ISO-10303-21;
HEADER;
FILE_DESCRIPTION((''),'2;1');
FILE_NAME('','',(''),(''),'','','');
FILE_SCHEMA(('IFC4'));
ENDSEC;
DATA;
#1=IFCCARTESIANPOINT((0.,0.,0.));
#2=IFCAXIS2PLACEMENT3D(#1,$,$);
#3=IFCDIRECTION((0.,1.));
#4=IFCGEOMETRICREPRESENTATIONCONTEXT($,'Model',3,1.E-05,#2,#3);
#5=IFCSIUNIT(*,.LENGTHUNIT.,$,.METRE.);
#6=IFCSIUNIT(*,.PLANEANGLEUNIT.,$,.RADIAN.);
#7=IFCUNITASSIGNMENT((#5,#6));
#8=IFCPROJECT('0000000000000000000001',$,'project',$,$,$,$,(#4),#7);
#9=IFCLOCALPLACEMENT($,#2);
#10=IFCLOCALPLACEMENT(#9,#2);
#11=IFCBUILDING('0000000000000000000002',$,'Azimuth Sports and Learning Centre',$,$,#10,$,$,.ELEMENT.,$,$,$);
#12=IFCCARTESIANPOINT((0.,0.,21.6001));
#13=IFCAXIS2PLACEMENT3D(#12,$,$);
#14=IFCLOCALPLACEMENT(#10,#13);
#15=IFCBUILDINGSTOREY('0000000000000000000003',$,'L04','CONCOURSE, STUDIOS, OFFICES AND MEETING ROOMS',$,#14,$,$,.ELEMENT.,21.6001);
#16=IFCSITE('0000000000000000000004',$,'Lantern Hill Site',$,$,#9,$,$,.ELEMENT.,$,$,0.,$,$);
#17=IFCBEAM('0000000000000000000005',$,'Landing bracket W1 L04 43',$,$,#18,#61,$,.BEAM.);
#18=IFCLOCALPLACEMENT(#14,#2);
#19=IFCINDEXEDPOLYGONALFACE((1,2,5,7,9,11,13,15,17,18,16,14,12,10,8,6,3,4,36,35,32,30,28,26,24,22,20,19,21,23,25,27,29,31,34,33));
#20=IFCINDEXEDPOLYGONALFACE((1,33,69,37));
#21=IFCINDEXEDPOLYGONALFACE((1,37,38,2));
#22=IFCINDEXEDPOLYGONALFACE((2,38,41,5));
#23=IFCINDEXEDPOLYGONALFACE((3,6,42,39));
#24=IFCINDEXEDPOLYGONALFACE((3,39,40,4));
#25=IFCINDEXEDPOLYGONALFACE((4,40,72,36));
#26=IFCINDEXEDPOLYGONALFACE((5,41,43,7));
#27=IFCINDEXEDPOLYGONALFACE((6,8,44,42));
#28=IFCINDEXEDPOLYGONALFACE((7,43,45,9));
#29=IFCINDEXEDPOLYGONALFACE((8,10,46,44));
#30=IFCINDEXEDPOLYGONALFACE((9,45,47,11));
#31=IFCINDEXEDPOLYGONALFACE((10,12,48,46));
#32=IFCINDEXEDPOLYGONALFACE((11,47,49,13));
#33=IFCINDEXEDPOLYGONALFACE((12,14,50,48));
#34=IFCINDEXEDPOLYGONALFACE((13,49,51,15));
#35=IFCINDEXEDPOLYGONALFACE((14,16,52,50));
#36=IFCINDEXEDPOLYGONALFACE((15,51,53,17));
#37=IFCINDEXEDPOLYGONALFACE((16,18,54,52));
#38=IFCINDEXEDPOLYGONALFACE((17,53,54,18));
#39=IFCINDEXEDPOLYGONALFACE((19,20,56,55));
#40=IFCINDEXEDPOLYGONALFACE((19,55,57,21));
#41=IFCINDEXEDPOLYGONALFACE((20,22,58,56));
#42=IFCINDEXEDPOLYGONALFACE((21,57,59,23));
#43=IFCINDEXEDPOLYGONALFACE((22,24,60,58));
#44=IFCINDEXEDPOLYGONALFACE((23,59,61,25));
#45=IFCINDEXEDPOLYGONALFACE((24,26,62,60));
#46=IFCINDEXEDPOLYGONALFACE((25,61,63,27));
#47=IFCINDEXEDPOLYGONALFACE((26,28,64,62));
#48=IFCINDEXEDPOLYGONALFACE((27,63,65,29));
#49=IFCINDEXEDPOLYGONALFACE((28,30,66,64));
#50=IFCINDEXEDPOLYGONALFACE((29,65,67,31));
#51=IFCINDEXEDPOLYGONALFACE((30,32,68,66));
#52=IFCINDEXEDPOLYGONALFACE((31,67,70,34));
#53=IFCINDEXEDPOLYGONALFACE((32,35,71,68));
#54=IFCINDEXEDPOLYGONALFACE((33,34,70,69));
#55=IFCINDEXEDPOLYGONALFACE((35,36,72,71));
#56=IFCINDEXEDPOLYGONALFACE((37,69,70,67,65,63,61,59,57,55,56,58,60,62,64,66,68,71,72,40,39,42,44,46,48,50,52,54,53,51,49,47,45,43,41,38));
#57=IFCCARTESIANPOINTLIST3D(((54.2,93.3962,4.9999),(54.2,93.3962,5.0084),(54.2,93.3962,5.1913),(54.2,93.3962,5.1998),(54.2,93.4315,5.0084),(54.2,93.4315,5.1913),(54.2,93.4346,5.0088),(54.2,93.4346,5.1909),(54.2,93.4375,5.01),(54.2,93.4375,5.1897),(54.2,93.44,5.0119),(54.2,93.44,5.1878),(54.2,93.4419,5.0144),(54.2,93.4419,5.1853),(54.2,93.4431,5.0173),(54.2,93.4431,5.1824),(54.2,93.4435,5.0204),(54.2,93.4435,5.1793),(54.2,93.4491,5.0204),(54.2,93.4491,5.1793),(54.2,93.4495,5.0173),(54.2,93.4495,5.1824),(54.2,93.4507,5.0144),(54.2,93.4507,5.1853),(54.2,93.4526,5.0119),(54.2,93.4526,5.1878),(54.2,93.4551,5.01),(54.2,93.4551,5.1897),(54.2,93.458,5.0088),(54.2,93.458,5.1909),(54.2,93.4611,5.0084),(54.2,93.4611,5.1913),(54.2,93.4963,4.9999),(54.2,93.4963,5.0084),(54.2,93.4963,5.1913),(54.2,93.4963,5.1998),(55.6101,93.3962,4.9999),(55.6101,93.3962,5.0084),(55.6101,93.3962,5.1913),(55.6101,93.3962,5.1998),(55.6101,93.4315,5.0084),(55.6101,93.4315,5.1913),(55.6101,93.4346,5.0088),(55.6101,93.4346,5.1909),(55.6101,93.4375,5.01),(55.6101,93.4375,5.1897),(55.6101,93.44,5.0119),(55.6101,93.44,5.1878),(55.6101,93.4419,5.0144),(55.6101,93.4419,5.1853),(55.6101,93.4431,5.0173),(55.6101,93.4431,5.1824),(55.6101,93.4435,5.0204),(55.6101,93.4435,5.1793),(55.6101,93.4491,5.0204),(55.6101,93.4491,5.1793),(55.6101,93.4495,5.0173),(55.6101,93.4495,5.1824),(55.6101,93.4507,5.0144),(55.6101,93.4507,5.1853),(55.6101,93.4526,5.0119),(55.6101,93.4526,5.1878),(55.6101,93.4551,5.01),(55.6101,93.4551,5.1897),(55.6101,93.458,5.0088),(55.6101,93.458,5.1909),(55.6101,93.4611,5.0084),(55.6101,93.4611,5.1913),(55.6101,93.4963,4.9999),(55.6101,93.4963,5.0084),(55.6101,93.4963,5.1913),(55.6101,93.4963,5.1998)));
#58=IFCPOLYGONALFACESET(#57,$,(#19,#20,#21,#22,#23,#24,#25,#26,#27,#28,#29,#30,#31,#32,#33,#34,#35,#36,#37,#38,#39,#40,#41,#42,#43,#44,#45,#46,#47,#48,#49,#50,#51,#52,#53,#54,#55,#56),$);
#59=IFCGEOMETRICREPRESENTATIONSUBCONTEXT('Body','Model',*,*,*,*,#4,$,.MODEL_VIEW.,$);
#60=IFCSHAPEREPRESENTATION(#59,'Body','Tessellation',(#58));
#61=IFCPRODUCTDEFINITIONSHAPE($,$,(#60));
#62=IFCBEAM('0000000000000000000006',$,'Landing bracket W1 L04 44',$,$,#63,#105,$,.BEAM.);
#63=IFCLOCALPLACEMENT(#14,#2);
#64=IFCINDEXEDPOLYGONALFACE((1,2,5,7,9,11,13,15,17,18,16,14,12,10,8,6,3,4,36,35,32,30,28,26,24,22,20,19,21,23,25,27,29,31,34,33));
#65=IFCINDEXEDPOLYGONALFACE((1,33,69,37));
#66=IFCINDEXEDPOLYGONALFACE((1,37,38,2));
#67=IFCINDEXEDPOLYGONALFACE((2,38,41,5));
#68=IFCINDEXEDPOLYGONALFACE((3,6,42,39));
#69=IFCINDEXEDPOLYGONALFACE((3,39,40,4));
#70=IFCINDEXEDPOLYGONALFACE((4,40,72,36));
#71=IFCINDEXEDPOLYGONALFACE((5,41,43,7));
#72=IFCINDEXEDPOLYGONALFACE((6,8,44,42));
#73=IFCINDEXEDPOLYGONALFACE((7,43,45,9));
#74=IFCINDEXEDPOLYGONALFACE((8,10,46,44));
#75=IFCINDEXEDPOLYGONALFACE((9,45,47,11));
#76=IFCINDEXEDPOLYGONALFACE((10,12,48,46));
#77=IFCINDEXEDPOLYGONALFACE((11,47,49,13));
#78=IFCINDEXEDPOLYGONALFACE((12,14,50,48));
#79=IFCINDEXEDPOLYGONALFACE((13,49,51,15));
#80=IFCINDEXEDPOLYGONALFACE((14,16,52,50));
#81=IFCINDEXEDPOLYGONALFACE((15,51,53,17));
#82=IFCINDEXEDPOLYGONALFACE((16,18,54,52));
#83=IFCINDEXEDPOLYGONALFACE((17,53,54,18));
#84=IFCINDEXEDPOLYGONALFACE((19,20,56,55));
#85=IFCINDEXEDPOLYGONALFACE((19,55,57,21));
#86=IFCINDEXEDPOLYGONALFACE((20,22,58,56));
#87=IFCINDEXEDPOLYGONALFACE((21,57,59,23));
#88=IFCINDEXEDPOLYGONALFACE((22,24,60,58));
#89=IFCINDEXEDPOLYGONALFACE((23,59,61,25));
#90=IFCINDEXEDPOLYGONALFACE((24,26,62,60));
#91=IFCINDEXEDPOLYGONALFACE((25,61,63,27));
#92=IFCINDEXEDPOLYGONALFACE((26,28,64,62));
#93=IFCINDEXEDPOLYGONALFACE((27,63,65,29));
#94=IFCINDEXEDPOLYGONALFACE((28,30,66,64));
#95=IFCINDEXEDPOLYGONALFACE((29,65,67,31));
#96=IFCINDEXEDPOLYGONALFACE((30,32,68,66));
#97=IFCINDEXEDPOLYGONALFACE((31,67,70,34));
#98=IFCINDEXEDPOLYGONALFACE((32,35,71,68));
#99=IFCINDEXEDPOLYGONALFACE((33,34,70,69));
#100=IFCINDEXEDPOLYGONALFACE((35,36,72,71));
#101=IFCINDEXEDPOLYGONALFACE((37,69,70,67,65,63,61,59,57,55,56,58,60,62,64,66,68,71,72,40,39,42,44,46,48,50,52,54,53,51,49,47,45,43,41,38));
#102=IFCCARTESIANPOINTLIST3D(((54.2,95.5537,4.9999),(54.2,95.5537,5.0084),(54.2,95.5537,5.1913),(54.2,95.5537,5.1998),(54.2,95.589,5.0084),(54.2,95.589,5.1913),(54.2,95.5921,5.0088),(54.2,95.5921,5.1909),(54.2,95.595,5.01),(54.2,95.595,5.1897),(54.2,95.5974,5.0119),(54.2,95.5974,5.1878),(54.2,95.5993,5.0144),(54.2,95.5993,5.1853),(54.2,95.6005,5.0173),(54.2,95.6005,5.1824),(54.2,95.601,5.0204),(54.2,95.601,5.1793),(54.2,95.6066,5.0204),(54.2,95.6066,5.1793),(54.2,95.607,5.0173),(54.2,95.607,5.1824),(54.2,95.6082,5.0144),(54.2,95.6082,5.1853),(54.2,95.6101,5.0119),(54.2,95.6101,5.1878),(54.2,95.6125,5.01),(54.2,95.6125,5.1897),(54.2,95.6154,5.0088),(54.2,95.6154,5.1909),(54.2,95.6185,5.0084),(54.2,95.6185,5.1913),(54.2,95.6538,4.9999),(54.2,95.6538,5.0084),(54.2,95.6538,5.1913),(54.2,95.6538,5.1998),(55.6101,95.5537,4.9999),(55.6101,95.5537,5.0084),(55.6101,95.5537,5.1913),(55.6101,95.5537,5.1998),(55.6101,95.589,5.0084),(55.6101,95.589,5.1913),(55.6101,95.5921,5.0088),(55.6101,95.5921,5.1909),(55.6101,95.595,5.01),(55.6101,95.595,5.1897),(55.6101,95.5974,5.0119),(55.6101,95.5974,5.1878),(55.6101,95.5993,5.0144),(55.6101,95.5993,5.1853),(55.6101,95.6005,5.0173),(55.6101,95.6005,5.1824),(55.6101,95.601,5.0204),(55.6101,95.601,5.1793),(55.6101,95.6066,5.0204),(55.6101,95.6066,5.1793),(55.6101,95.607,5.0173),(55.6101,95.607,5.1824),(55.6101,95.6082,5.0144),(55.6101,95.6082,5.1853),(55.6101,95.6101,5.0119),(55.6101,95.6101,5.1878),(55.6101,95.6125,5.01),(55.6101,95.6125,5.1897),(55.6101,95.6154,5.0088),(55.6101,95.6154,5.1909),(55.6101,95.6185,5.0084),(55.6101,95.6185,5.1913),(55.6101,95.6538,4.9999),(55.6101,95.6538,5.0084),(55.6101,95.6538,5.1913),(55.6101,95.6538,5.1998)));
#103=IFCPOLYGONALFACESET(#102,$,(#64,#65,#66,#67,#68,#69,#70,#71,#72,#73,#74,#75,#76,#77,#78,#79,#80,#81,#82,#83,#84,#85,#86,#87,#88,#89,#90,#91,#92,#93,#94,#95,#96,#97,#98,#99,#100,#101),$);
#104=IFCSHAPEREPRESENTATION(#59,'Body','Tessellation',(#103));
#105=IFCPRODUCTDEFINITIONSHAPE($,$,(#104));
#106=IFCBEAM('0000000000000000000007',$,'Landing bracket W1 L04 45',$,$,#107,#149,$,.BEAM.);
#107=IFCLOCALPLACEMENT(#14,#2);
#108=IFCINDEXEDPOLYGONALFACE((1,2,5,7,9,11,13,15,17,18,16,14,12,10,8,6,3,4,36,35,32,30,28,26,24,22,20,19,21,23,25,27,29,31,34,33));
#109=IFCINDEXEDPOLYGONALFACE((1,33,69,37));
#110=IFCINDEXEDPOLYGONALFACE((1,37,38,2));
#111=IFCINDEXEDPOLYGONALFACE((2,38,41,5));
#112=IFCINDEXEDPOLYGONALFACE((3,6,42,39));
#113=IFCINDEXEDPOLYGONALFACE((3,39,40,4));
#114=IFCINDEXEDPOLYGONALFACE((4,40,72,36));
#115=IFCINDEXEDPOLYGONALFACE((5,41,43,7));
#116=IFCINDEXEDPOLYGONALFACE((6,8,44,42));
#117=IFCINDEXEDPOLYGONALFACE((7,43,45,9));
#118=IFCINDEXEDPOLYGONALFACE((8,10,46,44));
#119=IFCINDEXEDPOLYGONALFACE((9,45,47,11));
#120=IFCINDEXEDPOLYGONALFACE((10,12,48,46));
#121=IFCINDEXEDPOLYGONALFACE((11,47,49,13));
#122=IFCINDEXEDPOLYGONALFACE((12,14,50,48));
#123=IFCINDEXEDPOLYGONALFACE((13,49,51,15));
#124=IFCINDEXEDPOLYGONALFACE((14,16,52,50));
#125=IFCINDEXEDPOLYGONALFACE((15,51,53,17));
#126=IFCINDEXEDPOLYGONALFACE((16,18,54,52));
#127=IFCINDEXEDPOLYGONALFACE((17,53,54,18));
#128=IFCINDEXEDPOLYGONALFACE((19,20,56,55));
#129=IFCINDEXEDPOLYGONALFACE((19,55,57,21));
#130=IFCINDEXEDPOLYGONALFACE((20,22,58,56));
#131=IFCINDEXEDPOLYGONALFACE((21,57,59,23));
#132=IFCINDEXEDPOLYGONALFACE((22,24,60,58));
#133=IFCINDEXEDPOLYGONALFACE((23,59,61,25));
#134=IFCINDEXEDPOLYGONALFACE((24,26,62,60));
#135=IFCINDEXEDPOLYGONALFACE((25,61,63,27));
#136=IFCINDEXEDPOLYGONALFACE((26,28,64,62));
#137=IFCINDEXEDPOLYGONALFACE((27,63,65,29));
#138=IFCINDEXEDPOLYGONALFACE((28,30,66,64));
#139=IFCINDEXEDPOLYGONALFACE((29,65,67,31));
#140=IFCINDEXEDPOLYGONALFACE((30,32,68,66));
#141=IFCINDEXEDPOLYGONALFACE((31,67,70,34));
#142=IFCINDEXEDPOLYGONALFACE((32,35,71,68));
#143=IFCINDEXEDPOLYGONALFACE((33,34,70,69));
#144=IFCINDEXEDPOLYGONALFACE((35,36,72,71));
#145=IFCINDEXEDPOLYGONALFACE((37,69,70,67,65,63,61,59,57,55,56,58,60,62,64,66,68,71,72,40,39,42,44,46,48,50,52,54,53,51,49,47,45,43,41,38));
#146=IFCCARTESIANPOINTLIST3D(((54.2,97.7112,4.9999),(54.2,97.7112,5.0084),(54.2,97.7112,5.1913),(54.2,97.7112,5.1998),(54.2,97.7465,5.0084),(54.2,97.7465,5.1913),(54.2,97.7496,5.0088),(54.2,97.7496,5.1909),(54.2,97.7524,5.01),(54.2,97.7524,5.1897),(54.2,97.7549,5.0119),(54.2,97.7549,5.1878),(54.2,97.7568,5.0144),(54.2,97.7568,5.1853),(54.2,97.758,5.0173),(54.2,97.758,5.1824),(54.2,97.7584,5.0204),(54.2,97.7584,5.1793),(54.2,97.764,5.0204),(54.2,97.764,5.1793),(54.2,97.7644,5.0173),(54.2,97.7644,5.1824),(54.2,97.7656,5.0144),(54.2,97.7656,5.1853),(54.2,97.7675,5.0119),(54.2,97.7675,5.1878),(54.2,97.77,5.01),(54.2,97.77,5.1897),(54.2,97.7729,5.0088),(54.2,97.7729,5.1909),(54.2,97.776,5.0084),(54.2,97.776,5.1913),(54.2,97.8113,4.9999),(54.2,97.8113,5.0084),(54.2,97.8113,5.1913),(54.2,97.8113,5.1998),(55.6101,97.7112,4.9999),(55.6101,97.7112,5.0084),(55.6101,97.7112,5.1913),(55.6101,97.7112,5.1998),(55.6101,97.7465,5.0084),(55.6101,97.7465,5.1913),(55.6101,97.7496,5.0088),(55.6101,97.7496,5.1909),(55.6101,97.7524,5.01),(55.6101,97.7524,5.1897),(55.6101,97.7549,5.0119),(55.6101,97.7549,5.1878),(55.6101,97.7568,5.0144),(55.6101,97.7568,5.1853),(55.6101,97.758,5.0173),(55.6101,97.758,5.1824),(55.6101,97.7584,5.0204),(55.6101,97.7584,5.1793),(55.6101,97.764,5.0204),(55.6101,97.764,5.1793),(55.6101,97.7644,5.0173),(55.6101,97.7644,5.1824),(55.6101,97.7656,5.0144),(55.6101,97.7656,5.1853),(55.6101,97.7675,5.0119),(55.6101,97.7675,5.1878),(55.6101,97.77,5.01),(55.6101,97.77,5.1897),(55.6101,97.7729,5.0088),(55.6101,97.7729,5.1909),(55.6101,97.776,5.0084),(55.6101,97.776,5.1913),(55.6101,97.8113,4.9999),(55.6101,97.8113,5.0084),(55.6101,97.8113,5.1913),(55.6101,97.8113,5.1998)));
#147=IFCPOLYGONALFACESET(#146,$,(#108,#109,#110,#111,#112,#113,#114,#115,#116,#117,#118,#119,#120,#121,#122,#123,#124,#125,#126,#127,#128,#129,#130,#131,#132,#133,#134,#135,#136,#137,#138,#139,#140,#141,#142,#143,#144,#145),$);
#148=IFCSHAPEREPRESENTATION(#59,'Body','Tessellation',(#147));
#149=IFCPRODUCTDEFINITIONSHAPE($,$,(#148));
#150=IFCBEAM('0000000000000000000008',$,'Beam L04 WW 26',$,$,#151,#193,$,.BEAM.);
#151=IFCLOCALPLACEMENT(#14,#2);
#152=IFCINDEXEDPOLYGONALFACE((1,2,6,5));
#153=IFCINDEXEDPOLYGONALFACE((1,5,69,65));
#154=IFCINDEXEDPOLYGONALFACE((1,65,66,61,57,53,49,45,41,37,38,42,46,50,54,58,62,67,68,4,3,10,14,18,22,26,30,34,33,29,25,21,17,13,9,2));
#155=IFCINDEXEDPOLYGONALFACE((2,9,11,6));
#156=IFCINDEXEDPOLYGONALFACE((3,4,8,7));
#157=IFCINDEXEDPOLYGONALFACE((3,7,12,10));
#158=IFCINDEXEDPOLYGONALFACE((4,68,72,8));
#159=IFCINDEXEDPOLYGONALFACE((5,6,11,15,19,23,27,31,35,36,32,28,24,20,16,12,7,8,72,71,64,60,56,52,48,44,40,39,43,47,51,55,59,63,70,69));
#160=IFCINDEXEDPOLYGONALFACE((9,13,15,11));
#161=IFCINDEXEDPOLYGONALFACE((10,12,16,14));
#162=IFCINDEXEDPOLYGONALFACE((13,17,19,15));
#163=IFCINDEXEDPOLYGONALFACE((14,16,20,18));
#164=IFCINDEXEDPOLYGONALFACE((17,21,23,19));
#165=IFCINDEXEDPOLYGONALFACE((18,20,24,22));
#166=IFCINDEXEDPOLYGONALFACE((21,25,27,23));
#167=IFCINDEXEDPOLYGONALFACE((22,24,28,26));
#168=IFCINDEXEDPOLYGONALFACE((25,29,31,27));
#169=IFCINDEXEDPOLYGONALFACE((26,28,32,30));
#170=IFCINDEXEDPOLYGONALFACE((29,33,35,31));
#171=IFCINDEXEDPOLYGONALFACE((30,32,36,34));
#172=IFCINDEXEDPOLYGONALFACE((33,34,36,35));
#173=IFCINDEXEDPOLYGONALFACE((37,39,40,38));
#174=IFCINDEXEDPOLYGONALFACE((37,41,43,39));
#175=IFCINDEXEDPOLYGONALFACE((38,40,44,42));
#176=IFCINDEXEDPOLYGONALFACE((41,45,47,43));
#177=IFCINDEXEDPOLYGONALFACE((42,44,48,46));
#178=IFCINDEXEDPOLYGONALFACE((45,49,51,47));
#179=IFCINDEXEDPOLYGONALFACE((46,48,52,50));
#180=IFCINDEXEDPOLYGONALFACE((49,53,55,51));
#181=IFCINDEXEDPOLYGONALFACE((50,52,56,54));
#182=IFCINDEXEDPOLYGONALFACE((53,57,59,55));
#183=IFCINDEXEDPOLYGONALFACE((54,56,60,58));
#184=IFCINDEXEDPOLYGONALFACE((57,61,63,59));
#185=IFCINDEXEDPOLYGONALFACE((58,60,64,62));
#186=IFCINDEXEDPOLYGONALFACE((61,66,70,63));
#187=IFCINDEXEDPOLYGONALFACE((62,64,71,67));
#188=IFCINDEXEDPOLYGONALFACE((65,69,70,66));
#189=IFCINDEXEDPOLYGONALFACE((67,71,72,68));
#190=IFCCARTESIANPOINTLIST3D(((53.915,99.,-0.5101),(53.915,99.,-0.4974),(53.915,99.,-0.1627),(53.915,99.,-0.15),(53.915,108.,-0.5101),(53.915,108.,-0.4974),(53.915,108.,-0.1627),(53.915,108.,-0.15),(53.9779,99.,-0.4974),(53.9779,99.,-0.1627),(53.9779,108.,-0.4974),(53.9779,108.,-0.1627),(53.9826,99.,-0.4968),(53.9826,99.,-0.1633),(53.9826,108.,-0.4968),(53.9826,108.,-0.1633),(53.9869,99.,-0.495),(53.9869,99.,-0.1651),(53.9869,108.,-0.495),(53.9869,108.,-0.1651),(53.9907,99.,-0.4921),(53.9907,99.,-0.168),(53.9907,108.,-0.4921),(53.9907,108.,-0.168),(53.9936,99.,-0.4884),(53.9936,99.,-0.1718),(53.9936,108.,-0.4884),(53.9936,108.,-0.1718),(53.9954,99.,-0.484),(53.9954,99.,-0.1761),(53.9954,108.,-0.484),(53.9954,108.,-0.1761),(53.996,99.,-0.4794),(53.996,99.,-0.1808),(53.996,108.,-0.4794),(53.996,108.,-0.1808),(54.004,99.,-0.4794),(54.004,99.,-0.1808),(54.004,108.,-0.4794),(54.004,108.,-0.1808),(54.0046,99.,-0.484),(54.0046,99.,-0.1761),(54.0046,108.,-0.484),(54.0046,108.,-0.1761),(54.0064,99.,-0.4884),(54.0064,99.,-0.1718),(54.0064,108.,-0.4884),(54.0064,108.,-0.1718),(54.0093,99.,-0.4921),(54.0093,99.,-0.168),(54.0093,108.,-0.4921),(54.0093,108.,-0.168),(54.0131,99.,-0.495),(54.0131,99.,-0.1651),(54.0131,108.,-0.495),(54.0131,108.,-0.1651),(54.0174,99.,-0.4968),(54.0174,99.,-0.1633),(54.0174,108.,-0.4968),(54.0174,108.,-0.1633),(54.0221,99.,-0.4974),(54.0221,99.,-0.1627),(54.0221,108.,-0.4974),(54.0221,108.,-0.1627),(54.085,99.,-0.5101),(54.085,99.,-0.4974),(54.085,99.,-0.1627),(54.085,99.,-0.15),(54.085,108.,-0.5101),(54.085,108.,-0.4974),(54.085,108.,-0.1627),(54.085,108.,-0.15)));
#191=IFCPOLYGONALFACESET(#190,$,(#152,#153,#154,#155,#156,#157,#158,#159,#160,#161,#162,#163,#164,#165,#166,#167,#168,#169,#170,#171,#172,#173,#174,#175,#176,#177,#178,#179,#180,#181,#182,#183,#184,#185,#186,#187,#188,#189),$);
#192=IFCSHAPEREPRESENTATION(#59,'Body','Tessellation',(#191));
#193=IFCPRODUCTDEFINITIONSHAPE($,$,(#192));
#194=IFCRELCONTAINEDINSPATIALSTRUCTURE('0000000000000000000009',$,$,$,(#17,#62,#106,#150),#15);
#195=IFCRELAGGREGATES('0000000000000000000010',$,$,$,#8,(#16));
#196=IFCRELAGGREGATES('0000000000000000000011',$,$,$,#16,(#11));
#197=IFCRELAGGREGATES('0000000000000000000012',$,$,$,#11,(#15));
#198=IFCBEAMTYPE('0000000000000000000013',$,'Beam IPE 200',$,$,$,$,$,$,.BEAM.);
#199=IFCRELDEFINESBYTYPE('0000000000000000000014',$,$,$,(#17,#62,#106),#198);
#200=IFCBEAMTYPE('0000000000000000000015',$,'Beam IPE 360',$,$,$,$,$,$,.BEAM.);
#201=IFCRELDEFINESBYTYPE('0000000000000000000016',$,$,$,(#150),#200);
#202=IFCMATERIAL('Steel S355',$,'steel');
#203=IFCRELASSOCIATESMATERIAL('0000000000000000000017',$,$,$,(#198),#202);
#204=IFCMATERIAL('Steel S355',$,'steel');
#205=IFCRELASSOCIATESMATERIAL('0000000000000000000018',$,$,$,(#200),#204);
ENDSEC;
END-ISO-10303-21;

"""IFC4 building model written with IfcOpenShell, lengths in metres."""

from ifc_helpers import new_model, si_unit, direction, frame, origin, origin_2d, place, context, subcontext, project, spatial, i_section, extrude, material, material_profile, profile_set, type_object, element, save


model = new_model("IFC4")

# Units and contexts
model_context = context("Model", 3, precision=1e-05, world=origin(), true_north=direction((0.0, 1.0)))
body_context = subcontext(model_context, "Body", "Model", "MODEL_VIEW")
ifc_project = project(units=[si_unit("LENGTHUNIT", "METRE"), si_unit("PLANEANGLEUNIT", "RADIAN")], contexts=[model_context])

# Site, building, storey
site_placement = place(None, origin())
site = spatial("IfcSite", under=ifc_project, at=site_placement, Name="Lantern Hill Site", CompositionType="ELEMENT", RefElevation=0.0)
building_placement = place(site_placement, origin())
building = spatial("IfcBuilding", under=site, at=building_placement, Name="Azimuth Sports and Learning Centre", CompositionType="ELEMENT")
storey_placement = place(building_placement, frame((0.0, 0.0, 21.6001)))
storey = spatial("IfcBuildingStorey", under=building, at=storey_placement, Name="L04", Description="CONCOURSE, STUDIOS, OFFICES AND MEETING ROOMS", CompositionType="ELEMENT", Elevation=21.6001)

# Beams
ifc_material_1 = material(Name="Steel S355", Category="steel")
ifc_material_profile_1 = material_profile(ifc_material_1, i_section(OverallWidth=0.1001, OverallDepth=0.2, WebThickness=0.0056, FlangeThickness=0.0085, FilletRadius=0.012, at=origin_2d()), Name="IPE 200")
ifc_profile_set_1 = profile_set([ifc_material_profile_1], Name="Steel S355")
beam_type_1 = type_object("IfcBeamType", Name="Beam IPE 200", PredefinedType="BEAM", material=ifc_profile_set_1)
for number, where, z_axis, x_axis, name in (
    (1, (54.2, 93.4463, 5.0999), (1.0, 0.0, 0.0), (0.0, 1.0, 0.0), "Landing bracket W1 L04 43"),
    (2, (54.2, 95.6038, 5.0999), (1.0, 0.0, 0.0), (0.0, 1.0, 0.0), "Landing bracket W1 L04 44"),
    (3, (54.2, 97.7612, 5.0999), (1.0, 0.0, 0.0), (0.0, 1.0, 0.0), "Landing bracket W1 L04 45"),
):
    element("IfcBeam", number, at=place(storey_placement, frame(where, z_axis=z_axis, x_axis=x_axis)), inside=storey, type_object=beam_type_1, Name=name, PredefinedType="BEAM", context=body_context, shape_type="SweptSolid", body=[
        extrude(i_section(OverallWidth=0.1001, OverallDepth=0.2, WebThickness=0.0056, FlangeThickness=0.0085, FilletRadius=0.012, at=origin_2d()), origin(), (0.0, 0.0, 1.0), 1.4102),
    ])
ifc_material_2 = material(Name="Steel S355", Category="steel")
ifc_material_profile_2 = material_profile(ifc_material_2, i_section(OverallWidth=0.1699, OverallDepth=0.3601, WebThickness=0.0081, FlangeThickness=0.0127, FilletRadius=0.0181, at=origin_2d()), Name="IPE 360")
ifc_profile_set_2 = profile_set([ifc_material_profile_2], Name="Steel S355")
beam_type_2 = type_object("IfcBeamType", Name="Beam IPE 360", PredefinedType="BEAM", material=ifc_profile_set_2)
beam_1_placement = place(storey_placement, frame((54.0, 99.0, -0.3301), z_axis=(0.0, 1.0, 0.0), x_axis=(-1.0, 0.0, 0.0)))
element("IfcBeam", 4, at=beam_1_placement, inside=storey, type_object=beam_type_2, Name="Beam L04 WW 26", PredefinedType="BEAM", context=body_context, shape_type="SweptSolid", body=[
    extrude(i_section(OverallWidth=0.1699, OverallDepth=0.3601, WebThickness=0.0081, FlangeThickness=0.0127, FilletRadius=0.0181, at=origin_2d()), origin(), (0.0, 0.0, 1.0), 9.0),
])

save(model, "model.ifc")
